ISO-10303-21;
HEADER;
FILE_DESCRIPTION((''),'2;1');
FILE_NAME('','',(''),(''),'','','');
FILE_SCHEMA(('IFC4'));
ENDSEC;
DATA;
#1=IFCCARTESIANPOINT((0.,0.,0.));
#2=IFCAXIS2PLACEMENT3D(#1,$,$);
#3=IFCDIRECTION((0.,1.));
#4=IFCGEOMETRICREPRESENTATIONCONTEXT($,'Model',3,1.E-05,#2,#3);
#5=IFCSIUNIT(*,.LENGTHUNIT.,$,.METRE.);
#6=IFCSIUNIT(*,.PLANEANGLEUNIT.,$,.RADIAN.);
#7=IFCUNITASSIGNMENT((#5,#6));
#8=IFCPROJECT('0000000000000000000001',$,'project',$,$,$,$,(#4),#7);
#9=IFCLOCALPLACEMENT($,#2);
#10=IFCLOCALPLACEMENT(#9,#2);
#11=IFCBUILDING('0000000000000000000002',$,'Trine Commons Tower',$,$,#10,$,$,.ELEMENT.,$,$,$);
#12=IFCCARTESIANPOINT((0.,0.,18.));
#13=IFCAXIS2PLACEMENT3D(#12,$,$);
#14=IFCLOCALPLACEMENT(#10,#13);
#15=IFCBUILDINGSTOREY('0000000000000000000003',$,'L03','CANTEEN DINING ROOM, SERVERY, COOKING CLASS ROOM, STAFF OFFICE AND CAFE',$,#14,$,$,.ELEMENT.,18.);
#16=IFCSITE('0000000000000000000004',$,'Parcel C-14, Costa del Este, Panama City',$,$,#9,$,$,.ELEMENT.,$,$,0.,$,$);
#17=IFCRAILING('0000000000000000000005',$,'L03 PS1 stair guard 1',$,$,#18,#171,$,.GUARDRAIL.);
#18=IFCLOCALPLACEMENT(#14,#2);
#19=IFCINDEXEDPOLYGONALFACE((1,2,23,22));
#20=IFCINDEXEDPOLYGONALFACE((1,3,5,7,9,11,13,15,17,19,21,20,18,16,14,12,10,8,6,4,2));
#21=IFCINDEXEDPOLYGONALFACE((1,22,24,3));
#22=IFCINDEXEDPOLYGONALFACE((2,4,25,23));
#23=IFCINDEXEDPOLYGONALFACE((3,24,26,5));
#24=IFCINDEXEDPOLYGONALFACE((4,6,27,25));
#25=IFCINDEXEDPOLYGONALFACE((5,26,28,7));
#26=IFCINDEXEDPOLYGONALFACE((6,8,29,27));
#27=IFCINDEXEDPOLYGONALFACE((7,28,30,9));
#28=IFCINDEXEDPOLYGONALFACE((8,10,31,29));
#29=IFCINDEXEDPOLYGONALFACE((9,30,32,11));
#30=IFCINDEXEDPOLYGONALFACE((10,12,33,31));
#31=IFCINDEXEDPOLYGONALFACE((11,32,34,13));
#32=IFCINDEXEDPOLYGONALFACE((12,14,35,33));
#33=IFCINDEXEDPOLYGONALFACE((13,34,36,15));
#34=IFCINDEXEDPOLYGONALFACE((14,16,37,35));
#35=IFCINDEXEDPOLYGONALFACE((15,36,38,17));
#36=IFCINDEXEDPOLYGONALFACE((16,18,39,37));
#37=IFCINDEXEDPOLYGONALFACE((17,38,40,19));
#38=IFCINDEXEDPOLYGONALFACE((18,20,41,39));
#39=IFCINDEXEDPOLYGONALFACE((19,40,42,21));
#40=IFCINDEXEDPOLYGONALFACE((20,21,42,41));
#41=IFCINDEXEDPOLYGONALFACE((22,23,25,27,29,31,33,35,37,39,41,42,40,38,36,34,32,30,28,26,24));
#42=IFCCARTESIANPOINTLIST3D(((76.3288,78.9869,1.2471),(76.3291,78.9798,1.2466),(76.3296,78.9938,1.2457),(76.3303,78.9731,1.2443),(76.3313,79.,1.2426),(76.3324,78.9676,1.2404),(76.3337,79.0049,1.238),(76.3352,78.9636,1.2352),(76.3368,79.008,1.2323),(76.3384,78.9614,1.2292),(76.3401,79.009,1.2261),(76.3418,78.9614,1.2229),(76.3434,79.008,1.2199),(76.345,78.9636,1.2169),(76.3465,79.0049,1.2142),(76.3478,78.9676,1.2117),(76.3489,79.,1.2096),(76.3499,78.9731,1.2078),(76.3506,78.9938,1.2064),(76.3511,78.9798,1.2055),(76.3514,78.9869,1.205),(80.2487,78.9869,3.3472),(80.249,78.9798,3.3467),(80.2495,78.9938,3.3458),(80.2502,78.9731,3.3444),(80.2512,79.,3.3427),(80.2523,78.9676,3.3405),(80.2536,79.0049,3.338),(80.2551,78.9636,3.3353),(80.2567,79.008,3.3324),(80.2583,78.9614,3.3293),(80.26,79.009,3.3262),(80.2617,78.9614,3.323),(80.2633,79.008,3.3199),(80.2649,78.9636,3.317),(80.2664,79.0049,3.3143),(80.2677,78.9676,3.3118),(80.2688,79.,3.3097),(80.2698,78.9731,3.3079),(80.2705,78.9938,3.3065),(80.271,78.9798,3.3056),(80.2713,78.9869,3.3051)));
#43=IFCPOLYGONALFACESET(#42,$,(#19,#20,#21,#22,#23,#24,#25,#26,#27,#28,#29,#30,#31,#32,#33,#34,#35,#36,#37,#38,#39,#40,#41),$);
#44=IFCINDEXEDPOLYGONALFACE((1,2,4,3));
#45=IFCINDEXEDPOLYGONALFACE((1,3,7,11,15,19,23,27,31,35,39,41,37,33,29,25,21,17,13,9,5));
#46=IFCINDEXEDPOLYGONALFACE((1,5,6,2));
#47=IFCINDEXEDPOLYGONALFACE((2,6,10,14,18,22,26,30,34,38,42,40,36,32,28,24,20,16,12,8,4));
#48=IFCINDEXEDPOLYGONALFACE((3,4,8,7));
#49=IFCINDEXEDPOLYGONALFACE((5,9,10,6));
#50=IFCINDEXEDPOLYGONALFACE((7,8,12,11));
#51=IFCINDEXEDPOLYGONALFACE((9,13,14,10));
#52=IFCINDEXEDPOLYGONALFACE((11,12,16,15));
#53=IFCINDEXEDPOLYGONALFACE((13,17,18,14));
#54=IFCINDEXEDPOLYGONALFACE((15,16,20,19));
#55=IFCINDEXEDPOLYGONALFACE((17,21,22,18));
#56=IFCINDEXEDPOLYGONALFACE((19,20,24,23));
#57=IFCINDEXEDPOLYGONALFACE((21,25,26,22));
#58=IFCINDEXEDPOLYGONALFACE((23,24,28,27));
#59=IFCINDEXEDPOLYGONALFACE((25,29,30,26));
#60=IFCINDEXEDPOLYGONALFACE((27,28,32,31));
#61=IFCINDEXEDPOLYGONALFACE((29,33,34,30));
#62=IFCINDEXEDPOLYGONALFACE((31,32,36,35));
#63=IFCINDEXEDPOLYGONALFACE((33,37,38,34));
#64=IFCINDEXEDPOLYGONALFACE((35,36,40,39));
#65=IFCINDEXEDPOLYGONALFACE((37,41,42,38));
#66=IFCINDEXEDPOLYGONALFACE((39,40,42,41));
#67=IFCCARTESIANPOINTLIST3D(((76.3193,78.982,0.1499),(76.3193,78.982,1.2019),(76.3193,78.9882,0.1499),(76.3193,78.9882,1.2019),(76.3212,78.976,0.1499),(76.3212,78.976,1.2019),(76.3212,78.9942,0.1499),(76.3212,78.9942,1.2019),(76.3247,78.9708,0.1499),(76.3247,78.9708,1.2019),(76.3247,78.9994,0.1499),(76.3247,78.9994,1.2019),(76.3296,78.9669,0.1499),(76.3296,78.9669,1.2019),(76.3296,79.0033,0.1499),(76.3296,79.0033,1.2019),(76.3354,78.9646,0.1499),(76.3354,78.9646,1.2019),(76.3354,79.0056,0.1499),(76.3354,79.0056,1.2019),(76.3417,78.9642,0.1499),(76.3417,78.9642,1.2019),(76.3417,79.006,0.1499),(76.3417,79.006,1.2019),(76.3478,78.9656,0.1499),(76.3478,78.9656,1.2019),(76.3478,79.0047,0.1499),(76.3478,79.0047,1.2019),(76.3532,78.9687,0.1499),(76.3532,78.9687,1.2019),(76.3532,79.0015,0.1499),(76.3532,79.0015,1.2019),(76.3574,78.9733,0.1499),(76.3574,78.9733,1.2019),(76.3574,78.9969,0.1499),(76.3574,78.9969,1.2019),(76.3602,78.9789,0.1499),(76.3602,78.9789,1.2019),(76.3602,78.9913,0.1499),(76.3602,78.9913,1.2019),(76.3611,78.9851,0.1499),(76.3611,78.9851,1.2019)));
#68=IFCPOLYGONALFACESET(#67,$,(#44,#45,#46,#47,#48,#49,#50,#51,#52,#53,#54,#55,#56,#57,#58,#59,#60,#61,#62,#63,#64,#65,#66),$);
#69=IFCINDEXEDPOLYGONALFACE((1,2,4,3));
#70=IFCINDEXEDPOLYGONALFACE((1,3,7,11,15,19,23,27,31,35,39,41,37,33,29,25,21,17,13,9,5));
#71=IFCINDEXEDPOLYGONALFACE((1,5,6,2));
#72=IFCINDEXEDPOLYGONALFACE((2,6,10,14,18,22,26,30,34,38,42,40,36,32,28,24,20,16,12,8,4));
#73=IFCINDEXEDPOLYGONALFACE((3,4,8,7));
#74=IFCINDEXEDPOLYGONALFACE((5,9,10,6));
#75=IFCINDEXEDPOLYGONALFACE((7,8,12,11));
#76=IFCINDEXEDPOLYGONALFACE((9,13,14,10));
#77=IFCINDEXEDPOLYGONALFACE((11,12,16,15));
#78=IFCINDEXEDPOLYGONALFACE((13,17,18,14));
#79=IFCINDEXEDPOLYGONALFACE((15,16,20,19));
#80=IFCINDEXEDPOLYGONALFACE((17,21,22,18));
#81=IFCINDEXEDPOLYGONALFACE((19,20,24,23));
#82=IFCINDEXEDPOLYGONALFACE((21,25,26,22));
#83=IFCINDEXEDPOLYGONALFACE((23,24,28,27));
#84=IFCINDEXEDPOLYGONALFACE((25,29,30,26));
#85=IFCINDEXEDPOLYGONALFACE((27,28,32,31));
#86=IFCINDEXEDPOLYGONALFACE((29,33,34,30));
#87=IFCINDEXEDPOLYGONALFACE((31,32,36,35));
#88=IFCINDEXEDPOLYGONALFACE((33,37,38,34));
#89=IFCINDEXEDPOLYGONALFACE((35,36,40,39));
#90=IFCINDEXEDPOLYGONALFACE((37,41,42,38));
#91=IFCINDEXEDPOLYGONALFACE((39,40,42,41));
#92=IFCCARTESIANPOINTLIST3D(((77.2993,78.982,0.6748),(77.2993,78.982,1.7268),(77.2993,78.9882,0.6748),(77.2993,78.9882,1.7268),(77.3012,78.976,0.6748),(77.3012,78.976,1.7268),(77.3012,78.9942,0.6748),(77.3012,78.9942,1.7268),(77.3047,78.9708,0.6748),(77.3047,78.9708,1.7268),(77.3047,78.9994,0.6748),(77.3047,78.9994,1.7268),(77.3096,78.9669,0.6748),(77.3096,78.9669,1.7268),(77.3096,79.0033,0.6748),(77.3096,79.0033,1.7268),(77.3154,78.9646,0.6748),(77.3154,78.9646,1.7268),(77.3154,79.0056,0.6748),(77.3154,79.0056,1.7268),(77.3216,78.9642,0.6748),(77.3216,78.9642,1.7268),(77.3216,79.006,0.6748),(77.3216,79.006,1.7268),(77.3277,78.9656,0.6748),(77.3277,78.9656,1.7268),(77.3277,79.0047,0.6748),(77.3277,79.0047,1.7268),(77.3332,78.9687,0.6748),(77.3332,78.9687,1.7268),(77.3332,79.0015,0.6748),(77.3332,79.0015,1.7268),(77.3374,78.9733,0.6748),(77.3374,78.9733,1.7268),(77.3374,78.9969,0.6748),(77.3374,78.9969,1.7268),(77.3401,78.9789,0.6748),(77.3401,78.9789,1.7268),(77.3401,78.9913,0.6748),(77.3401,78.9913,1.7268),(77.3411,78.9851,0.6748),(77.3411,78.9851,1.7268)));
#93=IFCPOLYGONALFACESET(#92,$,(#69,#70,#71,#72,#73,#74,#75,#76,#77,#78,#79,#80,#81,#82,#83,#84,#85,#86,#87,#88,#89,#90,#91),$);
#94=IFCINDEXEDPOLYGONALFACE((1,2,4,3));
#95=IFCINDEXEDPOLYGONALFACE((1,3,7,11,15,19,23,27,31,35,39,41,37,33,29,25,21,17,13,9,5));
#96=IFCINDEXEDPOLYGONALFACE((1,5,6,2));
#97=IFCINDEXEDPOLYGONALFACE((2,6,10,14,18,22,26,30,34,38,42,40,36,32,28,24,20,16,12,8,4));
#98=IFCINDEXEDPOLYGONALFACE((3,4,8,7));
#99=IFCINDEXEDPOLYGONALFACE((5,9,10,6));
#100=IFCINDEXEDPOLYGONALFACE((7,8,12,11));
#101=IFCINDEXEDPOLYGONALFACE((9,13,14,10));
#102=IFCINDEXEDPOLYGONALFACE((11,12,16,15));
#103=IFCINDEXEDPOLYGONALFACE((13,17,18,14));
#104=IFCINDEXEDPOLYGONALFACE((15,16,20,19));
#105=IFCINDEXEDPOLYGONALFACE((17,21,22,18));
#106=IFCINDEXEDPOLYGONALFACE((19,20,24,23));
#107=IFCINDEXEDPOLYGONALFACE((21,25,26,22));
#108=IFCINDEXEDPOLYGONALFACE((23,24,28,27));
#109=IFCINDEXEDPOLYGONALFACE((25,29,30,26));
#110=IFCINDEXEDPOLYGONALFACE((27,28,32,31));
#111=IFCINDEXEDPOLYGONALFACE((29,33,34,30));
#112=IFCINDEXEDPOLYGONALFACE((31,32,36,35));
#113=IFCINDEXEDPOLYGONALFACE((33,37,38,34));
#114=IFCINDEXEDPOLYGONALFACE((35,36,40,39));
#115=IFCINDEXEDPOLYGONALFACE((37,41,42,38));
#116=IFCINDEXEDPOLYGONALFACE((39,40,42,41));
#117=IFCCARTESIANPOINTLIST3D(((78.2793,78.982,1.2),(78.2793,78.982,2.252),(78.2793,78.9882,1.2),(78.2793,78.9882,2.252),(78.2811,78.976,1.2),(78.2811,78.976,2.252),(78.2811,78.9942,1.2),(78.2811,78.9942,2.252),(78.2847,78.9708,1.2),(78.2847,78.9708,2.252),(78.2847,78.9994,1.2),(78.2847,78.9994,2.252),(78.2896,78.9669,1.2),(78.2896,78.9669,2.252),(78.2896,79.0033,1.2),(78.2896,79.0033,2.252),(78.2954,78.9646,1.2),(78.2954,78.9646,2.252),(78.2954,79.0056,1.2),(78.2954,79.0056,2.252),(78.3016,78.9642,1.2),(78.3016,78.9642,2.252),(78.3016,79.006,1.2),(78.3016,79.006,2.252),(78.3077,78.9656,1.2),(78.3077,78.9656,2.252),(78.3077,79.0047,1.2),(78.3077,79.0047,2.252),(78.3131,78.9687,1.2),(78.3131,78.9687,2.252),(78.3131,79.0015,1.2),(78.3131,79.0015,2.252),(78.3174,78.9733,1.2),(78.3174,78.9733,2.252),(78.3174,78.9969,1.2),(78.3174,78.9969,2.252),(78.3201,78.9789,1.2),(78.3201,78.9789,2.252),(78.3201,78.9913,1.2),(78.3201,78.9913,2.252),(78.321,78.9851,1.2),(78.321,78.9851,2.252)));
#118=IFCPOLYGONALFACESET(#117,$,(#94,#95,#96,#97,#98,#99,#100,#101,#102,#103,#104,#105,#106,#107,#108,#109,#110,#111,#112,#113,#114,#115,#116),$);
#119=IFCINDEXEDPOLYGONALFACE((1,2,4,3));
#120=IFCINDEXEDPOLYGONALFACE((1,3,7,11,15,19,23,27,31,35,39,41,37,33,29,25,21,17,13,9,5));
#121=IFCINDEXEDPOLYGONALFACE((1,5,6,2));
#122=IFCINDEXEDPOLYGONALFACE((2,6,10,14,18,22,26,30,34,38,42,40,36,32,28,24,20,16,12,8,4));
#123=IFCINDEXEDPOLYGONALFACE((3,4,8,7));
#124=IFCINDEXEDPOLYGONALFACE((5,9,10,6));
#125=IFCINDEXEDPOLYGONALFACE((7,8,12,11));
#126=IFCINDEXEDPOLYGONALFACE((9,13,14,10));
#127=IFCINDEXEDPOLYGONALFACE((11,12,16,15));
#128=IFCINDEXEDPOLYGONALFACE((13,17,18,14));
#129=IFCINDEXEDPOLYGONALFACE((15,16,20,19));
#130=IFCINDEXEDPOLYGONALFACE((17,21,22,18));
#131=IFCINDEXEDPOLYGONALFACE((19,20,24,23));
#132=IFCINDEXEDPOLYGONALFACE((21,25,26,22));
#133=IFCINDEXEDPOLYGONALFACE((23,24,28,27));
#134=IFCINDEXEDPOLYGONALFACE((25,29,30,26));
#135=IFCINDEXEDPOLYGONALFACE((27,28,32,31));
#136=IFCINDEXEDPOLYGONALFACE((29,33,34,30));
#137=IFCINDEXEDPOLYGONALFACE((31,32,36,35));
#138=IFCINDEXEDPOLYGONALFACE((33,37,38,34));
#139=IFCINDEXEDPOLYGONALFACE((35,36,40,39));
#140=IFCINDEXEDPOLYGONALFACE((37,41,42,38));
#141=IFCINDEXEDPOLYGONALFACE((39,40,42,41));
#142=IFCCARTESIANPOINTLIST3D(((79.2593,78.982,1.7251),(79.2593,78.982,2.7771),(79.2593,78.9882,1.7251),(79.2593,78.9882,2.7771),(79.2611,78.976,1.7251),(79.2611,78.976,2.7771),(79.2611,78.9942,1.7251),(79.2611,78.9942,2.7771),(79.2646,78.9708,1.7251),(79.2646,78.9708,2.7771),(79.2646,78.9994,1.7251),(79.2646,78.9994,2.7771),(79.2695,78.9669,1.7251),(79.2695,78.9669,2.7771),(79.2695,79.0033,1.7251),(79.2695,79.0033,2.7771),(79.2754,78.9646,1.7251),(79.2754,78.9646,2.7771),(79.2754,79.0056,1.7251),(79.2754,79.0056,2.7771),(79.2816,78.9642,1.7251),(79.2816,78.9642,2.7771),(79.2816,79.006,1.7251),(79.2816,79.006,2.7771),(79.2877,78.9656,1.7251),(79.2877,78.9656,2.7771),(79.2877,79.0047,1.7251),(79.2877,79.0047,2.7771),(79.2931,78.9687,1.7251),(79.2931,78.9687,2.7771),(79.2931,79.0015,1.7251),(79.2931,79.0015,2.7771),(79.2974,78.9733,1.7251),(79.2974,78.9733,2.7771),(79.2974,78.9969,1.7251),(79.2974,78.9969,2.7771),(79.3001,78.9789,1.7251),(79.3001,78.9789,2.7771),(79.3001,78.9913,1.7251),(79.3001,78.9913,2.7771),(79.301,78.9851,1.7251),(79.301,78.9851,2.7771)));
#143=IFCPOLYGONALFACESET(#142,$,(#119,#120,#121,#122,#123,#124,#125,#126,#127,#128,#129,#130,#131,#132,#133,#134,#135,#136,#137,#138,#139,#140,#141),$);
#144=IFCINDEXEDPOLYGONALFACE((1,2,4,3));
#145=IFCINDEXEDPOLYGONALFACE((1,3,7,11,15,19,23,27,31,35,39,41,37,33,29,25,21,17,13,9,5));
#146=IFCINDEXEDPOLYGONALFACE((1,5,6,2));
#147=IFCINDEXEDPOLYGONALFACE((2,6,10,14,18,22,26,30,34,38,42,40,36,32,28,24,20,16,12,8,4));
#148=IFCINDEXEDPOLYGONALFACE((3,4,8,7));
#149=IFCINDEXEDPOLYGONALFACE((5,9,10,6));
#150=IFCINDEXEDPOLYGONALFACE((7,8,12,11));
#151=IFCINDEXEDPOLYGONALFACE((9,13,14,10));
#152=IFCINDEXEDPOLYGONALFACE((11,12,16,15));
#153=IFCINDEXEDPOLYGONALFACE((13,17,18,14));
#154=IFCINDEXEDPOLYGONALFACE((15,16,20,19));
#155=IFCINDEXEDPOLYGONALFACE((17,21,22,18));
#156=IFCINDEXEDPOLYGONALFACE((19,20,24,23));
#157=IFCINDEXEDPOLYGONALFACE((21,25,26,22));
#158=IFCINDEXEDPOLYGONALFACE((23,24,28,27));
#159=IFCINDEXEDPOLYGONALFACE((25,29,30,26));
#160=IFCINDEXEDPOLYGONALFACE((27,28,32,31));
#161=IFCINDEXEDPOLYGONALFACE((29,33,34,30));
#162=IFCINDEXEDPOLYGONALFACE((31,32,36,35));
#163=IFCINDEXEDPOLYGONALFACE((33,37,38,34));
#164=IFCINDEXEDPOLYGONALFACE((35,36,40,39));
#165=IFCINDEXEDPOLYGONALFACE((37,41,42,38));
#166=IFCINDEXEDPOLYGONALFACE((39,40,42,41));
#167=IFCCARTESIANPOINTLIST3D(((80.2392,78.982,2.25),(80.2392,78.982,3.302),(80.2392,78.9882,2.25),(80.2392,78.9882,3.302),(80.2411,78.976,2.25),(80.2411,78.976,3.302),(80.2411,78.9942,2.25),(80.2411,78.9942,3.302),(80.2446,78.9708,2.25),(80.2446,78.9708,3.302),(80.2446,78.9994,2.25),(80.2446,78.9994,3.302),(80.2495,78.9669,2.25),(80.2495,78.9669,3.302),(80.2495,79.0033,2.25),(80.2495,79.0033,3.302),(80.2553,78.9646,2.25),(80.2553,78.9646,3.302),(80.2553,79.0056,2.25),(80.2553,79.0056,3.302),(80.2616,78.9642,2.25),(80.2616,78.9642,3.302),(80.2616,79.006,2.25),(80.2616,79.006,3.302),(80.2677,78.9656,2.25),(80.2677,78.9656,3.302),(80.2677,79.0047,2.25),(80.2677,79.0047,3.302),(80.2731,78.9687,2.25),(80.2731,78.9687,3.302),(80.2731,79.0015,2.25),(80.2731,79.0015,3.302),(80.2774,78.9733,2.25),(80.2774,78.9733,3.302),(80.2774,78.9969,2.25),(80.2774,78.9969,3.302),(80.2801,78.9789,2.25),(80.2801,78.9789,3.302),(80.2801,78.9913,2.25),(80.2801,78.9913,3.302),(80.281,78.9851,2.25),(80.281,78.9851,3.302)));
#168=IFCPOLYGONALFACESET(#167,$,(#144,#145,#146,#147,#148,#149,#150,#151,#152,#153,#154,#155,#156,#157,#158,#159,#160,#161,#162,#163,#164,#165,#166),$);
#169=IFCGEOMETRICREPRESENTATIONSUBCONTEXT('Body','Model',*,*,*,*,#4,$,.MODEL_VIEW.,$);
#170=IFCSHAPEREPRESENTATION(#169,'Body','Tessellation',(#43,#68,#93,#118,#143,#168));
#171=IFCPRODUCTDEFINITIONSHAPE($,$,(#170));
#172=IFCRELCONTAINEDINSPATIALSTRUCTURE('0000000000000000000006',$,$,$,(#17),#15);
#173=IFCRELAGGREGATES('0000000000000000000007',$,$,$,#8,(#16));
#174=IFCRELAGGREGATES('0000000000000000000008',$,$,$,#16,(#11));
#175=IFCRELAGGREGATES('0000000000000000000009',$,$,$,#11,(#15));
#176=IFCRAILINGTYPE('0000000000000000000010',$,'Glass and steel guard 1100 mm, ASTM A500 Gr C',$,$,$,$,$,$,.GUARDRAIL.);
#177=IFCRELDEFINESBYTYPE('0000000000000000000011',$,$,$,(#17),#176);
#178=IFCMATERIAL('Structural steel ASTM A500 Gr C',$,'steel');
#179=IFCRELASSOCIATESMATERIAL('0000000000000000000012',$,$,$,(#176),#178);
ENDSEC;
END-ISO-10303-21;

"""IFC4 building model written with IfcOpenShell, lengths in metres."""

from ifc_helpers import new_model, si_unit, direction, frame, origin, origin_2d, place, context, subcontext, project, spatial, circle, extrude, material, type_object, element, save


model = new_model("IFC4")

# Units and contexts
model_context = context("Model", 3, precision=1e-05, world=origin(), true_north=direction((0.0, 1.0)))
body_context = subcontext(model_context, "Body", "Model", "MODEL_VIEW")
ifc_project = project(units=[si_unit("LENGTHUNIT", "METRE"), si_unit("PLANEANGLEUNIT", "RADIAN")], contexts=[model_context])

# Site, building, storey
site_placement = place(None, origin())
site = spatial("IfcSite", under=ifc_project, at=site_placement, Name="Parcel C-14, Costa del Este, Panama City", CompositionType="ELEMENT", RefElevation=0.0)
building_placement = place(site_placement, origin())
building = spatial("IfcBuilding", under=site, at=building_placement, Name="Trine Commons Tower", CompositionType="ELEMENT")
storey_placement = place(building_placement, frame((0.0, 0.0, 18.0)))
storey = spatial("IfcBuildingStorey", under=building, at=storey_placement, Name="L03", Description="CANTEEN DINING ROOM, SERVERY, COOKING CLASS ROOM, STAFF OFFICE AND CAFE", CompositionType="ELEMENT", Elevation=18.0)

# Railing
ifc_material_1 = material(Name="Structural steel ASTM A500 Gr C", Category="steel")
railing_type_1 = type_object("IfcRailingType", Name="Glass and steel guard 1100 mm, ASTM A500 Gr C", PredefinedType="GUARDRAIL", material=ifc_material_1)
railing_1_placement = place(storey_placement, frame((76.3401, 78.9851, 0.1499)))
element("IfcRailing", 1, at=railing_1_placement, inside=storey, type_object=railing_type_1, Name="L03 PS1 stair guard 1", PredefinedType="GUARDRAIL", context=body_context, shape_type="SweptSolid", body=[
    extrude(circle(Radius=0.0239, at=origin_2d()), frame((0.0, 0.0, 1.0762), z_axis=(0.881467, 0.0, 0.472246), x_axis=(0.0, 1.0, 0.0)), (0.0, 0.0, 1.0), 4.447),
    extrude(circle(Radius=0.021, at=origin_2d()), origin(), (0.0, 0.0, 1.0), 1.052),
    extrude(circle(Radius=0.021, at=origin_2d()), frame((0.98, 0.0, 0.5249)), (0.0, 0.0, 1.0), 1.052),
    extrude(circle(Radius=0.021, at=origin_2d()), frame((1.96, 0.0, 1.05)), (0.0, 0.0, 1.0), 1.052),
    extrude(circle(Radius=0.021, at=origin_2d()), frame((2.9399, 0.0, 1.5752)), (0.0, 0.0, 1.0), 1.052),
    extrude(circle(Radius=0.021, at=origin_2d()), frame((3.9199, 0.0, 2.1001)), (0.0, 0.0, 1.0), 1.052),
])

save(model, "model.ifc")
